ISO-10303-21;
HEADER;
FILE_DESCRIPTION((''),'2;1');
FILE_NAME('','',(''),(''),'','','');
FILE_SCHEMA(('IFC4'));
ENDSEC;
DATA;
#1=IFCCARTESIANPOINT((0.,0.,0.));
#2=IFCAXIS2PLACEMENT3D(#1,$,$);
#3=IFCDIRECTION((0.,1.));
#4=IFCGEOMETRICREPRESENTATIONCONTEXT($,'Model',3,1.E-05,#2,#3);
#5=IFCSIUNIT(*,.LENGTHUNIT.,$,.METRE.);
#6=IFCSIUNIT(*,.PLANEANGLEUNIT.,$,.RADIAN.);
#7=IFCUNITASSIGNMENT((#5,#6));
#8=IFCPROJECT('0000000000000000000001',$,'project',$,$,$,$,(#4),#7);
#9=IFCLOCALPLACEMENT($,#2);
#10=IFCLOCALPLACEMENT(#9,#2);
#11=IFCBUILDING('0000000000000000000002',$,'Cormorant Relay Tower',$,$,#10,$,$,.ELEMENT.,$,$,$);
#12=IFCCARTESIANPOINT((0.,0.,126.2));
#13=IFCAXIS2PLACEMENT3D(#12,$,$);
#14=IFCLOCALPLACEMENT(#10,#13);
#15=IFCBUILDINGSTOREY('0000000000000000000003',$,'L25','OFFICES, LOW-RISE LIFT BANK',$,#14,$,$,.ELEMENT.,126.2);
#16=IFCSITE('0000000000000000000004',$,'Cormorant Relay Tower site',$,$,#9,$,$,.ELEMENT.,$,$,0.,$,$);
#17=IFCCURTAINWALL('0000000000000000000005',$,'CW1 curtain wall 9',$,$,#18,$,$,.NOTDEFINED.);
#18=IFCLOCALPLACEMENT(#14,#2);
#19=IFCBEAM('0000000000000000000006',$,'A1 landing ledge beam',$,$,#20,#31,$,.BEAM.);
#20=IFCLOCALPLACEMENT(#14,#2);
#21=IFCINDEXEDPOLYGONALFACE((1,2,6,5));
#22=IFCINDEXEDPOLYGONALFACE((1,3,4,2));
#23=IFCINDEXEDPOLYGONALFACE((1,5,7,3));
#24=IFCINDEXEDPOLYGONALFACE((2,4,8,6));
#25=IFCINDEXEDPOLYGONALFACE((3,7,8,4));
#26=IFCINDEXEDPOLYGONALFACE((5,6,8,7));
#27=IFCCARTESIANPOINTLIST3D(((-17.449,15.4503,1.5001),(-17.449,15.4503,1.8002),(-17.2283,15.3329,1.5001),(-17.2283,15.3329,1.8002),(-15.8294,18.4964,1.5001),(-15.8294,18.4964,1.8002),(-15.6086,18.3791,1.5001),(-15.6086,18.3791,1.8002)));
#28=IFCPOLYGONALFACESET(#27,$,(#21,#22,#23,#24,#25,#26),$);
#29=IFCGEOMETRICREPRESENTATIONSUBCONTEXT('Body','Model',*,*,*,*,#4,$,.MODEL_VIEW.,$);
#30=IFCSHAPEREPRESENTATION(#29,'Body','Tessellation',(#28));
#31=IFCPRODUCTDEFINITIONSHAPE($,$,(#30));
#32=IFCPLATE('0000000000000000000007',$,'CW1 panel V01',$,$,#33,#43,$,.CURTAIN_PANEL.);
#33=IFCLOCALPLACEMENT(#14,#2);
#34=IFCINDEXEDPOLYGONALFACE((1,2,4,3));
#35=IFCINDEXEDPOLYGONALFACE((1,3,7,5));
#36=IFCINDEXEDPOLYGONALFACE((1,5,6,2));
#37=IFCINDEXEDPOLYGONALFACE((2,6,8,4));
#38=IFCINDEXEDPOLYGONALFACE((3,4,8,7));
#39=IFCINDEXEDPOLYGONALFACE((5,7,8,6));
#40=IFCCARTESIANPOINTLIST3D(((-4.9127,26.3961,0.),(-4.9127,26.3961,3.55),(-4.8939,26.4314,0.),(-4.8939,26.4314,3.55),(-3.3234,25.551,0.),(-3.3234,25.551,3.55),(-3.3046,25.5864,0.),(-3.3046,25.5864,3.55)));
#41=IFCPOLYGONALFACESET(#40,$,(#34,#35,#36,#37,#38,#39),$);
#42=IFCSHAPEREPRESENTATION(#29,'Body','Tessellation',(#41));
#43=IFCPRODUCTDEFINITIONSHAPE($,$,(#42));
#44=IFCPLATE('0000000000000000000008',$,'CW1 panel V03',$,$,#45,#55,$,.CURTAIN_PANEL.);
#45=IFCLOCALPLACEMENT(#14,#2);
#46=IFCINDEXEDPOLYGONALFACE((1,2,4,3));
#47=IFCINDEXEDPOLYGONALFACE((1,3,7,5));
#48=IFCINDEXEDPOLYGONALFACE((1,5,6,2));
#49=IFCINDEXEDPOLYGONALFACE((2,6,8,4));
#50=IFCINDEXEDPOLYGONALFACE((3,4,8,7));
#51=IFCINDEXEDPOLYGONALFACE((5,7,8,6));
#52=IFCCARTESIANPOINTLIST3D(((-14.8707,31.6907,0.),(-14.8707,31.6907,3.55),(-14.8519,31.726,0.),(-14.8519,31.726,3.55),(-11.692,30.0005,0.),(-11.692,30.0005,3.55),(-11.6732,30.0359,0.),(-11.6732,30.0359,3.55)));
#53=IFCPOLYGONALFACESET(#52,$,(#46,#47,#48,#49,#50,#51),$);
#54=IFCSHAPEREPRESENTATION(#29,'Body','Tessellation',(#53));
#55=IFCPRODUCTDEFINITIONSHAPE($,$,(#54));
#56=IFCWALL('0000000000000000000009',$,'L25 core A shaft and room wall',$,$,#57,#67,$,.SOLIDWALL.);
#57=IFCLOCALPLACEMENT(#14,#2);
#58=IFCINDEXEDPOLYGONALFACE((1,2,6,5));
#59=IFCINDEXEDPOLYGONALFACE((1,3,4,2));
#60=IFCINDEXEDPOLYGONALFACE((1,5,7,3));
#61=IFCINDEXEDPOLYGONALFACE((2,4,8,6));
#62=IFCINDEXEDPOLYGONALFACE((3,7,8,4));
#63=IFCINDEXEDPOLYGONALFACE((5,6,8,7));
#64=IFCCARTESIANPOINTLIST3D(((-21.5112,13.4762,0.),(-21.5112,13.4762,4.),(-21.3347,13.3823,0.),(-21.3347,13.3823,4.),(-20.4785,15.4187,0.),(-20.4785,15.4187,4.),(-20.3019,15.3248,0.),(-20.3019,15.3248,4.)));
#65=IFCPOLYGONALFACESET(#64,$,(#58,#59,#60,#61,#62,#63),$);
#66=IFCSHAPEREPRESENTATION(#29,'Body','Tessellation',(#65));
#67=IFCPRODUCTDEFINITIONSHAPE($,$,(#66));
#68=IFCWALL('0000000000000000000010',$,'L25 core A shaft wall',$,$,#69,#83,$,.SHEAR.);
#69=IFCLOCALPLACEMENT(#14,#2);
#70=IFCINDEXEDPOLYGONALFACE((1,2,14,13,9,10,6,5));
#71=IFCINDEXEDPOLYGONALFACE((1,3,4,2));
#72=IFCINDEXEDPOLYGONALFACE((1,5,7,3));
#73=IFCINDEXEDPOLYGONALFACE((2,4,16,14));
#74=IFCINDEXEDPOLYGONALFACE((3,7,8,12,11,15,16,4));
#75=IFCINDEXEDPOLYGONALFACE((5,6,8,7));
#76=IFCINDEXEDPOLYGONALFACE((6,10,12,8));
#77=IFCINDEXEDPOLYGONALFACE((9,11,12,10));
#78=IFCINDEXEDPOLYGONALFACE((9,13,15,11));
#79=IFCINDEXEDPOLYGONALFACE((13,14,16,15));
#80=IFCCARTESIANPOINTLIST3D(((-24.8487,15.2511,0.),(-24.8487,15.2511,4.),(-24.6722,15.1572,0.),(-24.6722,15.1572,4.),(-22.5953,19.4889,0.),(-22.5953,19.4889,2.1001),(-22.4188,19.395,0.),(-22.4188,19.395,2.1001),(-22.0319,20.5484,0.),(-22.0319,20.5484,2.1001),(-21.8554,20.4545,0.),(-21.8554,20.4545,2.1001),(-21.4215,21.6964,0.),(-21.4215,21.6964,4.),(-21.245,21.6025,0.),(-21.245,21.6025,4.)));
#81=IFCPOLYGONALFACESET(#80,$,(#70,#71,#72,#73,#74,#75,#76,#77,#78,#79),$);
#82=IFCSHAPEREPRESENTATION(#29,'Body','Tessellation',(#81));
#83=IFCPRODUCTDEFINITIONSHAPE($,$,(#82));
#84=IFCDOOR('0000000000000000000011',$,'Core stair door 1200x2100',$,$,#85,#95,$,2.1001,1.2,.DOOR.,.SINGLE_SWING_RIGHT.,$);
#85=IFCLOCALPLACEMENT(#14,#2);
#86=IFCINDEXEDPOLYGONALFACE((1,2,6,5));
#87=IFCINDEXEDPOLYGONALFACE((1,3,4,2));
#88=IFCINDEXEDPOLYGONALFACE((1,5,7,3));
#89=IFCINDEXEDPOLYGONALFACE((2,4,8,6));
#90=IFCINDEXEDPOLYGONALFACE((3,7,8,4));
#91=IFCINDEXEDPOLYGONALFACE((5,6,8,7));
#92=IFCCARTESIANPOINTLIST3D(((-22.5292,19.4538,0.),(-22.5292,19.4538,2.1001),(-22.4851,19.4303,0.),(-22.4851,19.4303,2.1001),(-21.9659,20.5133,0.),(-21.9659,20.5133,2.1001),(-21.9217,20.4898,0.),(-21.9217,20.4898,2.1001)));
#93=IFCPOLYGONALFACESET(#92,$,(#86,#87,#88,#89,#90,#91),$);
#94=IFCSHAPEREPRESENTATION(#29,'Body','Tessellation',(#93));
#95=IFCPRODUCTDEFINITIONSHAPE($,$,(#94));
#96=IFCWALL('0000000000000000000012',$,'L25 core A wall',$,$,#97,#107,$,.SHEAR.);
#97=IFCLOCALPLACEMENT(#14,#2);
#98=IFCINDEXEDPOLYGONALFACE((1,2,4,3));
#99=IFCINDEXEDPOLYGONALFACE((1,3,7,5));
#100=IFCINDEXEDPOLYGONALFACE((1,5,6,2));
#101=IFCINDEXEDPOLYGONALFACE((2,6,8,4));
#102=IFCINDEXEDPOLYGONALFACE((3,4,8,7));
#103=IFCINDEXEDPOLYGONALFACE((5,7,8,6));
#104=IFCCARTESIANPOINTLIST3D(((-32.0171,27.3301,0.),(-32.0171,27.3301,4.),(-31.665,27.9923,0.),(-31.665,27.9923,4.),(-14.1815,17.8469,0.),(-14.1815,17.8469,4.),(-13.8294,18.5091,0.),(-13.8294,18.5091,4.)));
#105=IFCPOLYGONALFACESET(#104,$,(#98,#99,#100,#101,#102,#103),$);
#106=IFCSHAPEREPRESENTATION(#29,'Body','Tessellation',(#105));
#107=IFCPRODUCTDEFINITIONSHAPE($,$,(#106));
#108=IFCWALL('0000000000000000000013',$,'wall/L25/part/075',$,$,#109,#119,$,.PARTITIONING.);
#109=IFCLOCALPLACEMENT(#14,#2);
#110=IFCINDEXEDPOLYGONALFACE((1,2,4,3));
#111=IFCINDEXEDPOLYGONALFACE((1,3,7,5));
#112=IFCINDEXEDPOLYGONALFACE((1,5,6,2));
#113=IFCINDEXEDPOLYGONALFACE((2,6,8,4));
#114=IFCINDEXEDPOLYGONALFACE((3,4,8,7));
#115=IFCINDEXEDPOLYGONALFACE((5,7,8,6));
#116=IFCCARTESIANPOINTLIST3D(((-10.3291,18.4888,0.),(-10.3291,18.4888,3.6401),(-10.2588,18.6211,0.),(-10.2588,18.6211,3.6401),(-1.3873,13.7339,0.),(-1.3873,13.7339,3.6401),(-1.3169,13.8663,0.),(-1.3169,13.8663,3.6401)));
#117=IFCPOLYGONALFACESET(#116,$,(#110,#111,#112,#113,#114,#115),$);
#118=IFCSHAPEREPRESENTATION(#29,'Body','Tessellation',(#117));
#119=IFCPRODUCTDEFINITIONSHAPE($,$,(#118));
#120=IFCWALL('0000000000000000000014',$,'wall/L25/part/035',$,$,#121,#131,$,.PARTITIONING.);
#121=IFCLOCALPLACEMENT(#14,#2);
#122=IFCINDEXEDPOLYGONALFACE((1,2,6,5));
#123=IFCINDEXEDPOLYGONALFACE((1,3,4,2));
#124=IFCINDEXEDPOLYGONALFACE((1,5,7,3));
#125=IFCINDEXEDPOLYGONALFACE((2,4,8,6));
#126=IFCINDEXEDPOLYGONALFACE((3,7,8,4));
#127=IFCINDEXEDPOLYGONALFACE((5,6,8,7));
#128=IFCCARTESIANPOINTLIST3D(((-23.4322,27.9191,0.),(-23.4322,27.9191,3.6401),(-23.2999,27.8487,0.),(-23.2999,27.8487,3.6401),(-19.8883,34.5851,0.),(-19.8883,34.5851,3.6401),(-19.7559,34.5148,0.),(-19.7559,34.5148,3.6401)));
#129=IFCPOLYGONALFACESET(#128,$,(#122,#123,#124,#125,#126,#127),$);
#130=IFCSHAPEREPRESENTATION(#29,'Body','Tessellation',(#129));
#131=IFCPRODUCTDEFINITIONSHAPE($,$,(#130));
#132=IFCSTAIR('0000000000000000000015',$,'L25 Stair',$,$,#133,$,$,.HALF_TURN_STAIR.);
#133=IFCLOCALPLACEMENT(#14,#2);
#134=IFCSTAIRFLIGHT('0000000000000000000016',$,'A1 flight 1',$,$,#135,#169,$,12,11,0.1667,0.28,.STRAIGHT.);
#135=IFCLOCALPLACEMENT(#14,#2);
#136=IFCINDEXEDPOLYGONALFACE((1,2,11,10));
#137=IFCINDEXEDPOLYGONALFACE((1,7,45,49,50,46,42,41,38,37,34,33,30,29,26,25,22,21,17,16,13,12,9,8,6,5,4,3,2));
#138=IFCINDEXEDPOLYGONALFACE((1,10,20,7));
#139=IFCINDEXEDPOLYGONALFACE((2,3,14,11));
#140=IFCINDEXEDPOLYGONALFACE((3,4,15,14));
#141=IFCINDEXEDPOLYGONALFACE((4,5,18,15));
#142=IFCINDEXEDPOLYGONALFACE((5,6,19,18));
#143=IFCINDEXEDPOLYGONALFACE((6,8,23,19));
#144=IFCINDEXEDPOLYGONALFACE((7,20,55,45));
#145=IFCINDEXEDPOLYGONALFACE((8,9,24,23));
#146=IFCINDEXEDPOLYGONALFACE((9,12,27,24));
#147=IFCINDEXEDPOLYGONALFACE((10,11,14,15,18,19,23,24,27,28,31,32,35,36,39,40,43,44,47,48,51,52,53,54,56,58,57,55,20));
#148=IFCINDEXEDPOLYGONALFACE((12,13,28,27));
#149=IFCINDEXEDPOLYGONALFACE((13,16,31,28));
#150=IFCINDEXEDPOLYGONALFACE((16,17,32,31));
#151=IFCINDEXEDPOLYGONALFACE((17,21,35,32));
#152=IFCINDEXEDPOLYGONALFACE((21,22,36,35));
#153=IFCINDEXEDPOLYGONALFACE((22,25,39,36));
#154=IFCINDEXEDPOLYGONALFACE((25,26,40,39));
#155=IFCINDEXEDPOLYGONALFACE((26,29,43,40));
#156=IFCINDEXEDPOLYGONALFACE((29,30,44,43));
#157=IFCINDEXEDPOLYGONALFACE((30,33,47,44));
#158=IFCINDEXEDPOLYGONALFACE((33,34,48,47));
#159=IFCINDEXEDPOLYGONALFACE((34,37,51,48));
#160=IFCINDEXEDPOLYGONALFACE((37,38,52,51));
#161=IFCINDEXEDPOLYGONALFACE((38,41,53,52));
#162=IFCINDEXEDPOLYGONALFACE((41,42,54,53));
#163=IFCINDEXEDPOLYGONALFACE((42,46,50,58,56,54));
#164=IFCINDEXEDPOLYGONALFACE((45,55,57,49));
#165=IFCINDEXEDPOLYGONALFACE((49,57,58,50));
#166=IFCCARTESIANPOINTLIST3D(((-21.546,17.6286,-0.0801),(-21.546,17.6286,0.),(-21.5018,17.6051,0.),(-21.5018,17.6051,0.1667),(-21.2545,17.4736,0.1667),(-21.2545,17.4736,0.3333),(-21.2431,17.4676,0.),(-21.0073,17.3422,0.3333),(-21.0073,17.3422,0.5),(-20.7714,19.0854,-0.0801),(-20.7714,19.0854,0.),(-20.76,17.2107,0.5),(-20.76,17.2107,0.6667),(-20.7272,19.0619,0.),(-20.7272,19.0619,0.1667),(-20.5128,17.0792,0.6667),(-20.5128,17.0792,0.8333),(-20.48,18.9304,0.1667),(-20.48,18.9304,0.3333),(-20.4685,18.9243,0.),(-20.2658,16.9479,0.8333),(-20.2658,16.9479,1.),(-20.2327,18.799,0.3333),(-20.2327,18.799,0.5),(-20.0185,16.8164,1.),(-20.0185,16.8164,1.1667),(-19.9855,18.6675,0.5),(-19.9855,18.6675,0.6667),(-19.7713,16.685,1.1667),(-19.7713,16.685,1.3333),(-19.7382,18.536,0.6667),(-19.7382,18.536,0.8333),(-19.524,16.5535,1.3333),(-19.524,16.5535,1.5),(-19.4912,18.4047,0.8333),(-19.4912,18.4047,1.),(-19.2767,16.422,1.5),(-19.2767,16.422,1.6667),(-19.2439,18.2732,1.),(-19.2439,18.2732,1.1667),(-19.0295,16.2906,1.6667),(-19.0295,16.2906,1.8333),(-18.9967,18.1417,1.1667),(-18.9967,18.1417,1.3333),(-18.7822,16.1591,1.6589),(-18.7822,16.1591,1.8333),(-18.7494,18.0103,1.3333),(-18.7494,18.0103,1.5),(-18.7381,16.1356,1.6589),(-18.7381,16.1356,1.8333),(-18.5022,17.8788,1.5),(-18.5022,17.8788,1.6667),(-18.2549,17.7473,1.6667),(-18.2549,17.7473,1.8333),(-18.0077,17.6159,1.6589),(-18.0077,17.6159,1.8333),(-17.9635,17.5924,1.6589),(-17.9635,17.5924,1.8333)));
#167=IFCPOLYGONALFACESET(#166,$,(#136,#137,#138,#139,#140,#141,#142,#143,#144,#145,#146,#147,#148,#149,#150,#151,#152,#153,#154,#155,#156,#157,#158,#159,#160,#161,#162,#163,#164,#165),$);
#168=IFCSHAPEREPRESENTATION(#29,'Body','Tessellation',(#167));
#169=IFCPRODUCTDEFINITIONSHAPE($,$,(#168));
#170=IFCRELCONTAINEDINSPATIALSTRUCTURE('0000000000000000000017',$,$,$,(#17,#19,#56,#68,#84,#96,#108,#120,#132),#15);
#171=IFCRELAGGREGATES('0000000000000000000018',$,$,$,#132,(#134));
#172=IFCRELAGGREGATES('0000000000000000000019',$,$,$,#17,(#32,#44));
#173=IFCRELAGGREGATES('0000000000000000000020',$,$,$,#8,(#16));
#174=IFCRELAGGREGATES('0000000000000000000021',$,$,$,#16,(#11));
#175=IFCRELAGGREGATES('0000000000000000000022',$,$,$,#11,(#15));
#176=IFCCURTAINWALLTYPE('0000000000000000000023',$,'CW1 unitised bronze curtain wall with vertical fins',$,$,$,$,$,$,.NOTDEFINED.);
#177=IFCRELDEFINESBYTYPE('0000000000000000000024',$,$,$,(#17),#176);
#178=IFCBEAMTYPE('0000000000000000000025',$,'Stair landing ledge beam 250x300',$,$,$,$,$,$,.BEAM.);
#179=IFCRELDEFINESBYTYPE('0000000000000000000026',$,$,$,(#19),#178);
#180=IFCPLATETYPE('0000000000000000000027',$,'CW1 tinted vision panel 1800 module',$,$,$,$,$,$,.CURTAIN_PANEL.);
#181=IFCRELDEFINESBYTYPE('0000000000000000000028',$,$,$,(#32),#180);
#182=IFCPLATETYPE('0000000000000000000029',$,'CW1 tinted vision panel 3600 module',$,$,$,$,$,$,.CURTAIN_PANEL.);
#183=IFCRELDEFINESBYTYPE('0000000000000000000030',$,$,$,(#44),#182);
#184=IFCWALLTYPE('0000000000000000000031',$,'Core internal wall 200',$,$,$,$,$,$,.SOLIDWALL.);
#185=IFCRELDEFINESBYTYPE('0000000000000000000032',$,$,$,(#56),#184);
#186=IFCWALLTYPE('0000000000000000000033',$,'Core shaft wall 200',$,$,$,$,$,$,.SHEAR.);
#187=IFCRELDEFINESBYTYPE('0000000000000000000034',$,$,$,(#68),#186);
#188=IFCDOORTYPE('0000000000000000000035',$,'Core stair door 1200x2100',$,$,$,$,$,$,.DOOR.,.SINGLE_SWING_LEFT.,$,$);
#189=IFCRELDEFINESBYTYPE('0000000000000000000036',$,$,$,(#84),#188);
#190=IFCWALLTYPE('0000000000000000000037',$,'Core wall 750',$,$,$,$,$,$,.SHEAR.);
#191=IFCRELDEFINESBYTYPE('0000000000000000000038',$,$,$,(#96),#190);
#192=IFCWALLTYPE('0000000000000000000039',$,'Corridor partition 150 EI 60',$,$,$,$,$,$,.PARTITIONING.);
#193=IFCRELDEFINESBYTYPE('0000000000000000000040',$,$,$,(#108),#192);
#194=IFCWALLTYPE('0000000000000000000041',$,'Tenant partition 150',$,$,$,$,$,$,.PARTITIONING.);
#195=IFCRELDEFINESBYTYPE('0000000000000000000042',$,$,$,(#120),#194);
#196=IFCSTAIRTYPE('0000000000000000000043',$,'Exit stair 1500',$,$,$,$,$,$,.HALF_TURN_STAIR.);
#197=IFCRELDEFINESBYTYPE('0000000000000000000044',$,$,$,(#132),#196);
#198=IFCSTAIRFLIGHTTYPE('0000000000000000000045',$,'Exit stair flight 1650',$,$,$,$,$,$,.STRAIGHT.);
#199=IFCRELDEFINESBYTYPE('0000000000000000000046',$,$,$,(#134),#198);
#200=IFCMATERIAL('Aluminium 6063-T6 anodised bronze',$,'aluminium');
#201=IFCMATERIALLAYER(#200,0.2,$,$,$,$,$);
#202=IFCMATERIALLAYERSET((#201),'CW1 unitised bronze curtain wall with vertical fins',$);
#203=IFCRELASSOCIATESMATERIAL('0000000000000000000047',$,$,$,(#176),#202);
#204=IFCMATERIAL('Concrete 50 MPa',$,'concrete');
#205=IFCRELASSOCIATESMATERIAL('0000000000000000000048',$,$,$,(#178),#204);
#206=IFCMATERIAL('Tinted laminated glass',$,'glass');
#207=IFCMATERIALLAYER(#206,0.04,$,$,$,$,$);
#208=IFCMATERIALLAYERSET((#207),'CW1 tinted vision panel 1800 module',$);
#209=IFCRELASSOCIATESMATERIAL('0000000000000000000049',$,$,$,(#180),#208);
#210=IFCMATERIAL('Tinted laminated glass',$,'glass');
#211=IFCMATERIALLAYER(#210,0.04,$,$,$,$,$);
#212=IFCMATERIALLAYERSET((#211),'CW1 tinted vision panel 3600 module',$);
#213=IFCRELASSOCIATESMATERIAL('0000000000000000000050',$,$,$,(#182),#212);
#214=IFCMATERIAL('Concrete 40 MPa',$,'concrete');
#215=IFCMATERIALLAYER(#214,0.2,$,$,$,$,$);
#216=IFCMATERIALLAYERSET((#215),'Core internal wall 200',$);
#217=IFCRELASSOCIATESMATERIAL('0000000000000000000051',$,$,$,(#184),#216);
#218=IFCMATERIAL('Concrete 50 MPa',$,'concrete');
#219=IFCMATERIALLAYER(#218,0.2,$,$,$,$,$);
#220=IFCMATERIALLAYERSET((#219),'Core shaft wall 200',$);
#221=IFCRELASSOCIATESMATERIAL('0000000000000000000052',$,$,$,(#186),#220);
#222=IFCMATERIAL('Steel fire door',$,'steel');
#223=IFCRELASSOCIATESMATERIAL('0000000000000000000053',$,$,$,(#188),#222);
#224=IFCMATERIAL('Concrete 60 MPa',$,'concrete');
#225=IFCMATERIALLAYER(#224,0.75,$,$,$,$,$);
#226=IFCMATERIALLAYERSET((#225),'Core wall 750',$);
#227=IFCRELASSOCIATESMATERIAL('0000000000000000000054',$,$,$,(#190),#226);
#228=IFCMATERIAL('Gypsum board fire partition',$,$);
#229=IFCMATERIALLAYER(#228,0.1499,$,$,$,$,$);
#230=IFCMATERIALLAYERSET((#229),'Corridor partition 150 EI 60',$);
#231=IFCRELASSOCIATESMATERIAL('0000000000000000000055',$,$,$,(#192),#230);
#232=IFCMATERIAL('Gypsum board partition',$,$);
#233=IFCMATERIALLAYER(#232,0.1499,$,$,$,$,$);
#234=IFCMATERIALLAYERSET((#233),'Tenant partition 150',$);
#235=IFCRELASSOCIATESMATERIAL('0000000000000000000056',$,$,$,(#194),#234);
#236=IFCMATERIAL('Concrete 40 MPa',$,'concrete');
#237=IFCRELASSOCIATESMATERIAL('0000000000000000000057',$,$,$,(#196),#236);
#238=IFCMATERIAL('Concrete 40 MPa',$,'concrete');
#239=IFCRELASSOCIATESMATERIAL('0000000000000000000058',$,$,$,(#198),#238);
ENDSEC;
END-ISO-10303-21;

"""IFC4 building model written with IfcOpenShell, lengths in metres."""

from ifc_helpers import new_model, si_unit, direction, frame, frame_2d, origin, origin_2d, place, context, subcontext, project, spatial, polyline, rectangle, outline, extrude, material, layer, layer_set, material_profile, profile_set, type_object, element, fill, aggregate, save


model = new_model("IFC4")

# Units and contexts
model_context = context("Model", 3, precision=1e-05, world=origin(), true_north=direction((0.0, 1.0)))
body_context = subcontext(model_context, "Body", "Model", "MODEL_VIEW")
ifc_project = project(units=[si_unit("LENGTHUNIT", "METRE"), si_unit("PLANEANGLEUNIT", "RADIAN")], contexts=[model_context])

# Site, building, storey
site_placement = place(None, origin())
site = spatial("IfcSite", under=ifc_project, at=site_placement, Name="Cormorant Relay Tower site", CompositionType="ELEMENT", RefElevation=0.0)
building_placement = place(site_placement, origin())
building = spatial("IfcBuilding", under=site, at=building_placement, Name="Cormorant Relay Tower", CompositionType="ELEMENT")
storey_placement = place(building_placement, frame((0.0, 0.0, 126.2)))
storey = spatial("IfcBuildingStorey", under=building, at=storey_placement, Name="L25", Description="OFFICES, LOW-RISE LIFT BANK", CompositionType="ELEMENT", Elevation=126.2)

# Curtain wall
ifc_material_1 = material(Name="Aluminium 6063-T6 anodised bronze", Category="aluminium")
ifc_layer_1 = layer(ifc_material_1, 0.2)
ifc_layer_set_1 = layer_set([ifc_layer_1], Name="CW1 unitised bronze curtain wall with vertical fins")
curtain_wall_type = type_object("IfcCurtainWallType", Name="CW1 unitised bronze curtain wall with vertical fins", PredefinedType="NOTDEFINED", material=ifc_layer_set_1)
curtain_wall_placement = place(storey_placement, origin())
curtain_wall = element("IfcCurtainWall", 1, at=curtain_wall_placement, inside=storey, type_object=curtain_wall_type, Name="CW1 curtain wall 9", PredefinedType="NOTDEFINED")

# Beam
ifc_material_2 = material(Name="Concrete 50 MPa", Category="concrete")
ifc_material_profile_1 = material_profile(ifc_material_2, rectangle(XDim=0.25, YDim=0.3, at=origin_2d()), Name="RC 250x300")
ifc_profile_set_1 = profile_set([ifc_material_profile_1], Name="Concrete 50 MPa")
beam_type_1 = type_object("IfcBeamType", Name="Stair landing ledge beam 250x300", PredefinedType="BEAM", material=ifc_profile_set_1)
beam_1_placement = place(storey_placement, frame((-17.3386, 15.3916, 1.6501), z_axis=(0.469464, 0.882952, 0.0), x_axis=(-0.882952, 0.469464, 0.0)))
element("IfcBeam", 2, at=beam_1_placement, inside=storey, type_object=beam_type_1, Name="A1 landing ledge beam", PredefinedType="BEAM", context=body_context, shape_type="SweptSolid", body=[
    extrude(rectangle(XDim=0.25, YDim=0.3, at=origin_2d()), origin(), (0.0, 0.0, 1.0), 3.45),
])

# Plates
ifc_material_3 = material(Name="Tinted laminated glass", Category="glass")
ifc_layer_2 = layer(ifc_material_3, 0.04)
ifc_layer_set_2 = layer_set([ifc_layer_2], Name="CW1 tinted vision panel 1800 module")
plate_type_1 = type_object("IfcPlateType", Name="CW1 tinted vision panel 1800 module", PredefinedType="CURTAIN_PANEL", material=ifc_layer_set_2)
plate_1_placement = place(storey_placement, frame((-4.1086, 25.9912, 0.0), z_axis=(0.0, 0.0, 1.0), x_axis=(-0.882948, 0.469472, 0.0)))
plate_1 = element("IfcPlate", 3, at=plate_1_placement, type_object=plate_type_1, Name="CW1 panel V01", PredefinedType="CURTAIN_PANEL", context=body_context, shape_type="SweptSolid", body=[
    extrude(rectangle(XDim=1.8, YDim=0.04, at=origin_2d()), origin(), (0.0, 0.0, 1.0), 3.55),
])
ifc_material_4 = material(Name="Tinted laminated glass", Category="glass")
ifc_layer_3 = layer(ifc_material_4, 0.04)
ifc_layer_set_3 = layer_set([ifc_layer_3], Name="CW1 tinted vision panel 3600 module")
plate_type_2 = type_object("IfcPlateType", Name="CW1 tinted vision panel 3600 module", PredefinedType="CURTAIN_PANEL", material=ifc_layer_set_3)
plate_2_placement = place(storey_placement, frame((-13.272, 30.8633, 0.0), z_axis=(0.0, 0.0, 1.0), x_axis=(-0.882948, 0.469472, 0.0)))
plate_2 = element("IfcPlate", 4, at=plate_2_placement, type_object=plate_type_2, Name="CW1 panel V03", PredefinedType="CURTAIN_PANEL", context=body_context, shape_type="SweptSolid", body=[
    extrude(rectangle(XDim=3.6001, YDim=0.04, at=origin_2d()), origin(), (0.0, 0.0, 1.0), 3.55),
])

# Wall
ifc_material_5 = material(Name="Concrete 40 MPa", Category="concrete")
ifc_layer_4 = layer(ifc_material_5, 0.2)
ifc_layer_set_4 = layer_set([ifc_layer_4], Name="Core internal wall 200")
wall_type_1 = type_object("IfcWallType", Name="Core internal wall 200", PredefinedType="SOLIDWALL", material=ifc_layer_set_4)
wall_1_placement = place(storey_placement, frame((-20.3901, 15.3718, 0.0), z_axis=(0.0, 0.0, 1.0), x_axis=(-0.469447, -0.88296, 0.0)))
element("IfcWall", 5, at=wall_1_placement, inside=storey, type_object=wall_type_1, Name="L25 core A shaft and room wall", PredefinedType="SOLIDWALL", context=body_context, shape_type="SweptSolid", body=[
    extrude(rectangle(XDim=2.2, YDim=0.2, at=frame_2d((1.1001, 0.0))), origin(), (0.0, 0.0, 1.0), 4.0),
])

# Wall, opening, door
ifc_material_6 = material(Name="Concrete 50 MPa", Category="concrete")
ifc_layer_5 = layer(ifc_material_6, 0.2)
ifc_layer_set_5 = layer_set([ifc_layer_5], Name="Core shaft wall 200")
wall_type_2 = type_object("IfcWallType", Name="Core shaft wall 200", PredefinedType="SHEAR", material=ifc_layer_set_5)
wall_2_placement = place(storey_placement, frame((-21.3333, 21.6494, 0.0), z_axis=(0.0, 0.0, 1.0), x_axis=(-0.469494, -0.882936, 0.0)))
wall_2 = element("IfcWall", 6, at=wall_2_placement, inside=storey, type_object=wall_type_2, Name="L25 core A shaft wall", PredefinedType="SHEAR", context=body_context, shape_type="SweptSolid", body=[
    extrude(rectangle(XDim=7.2998, YDim=0.2, at=frame_2d((3.6499, 0.0))), origin(), (0.0, 0.0, 1.0), 4.0),
])
opening_1_placement = place(wall_2_placement, frame((1.3, 0.0, 0.0)))
opening_1 = element("IfcOpeningElement", 7, at=opening_1_placement, cuts=wall_2, PredefinedType="OPENING", context=body_context, shape_type="SweptSolid", body=[
    extrude(rectangle(XDim=1.2, YDim=2.1001, at=frame_2d((0.6001, 1.05))), frame((0.0, 0.1099, 0.0), z_axis=(0.0, -1.0, 0.0), x_axis=(1.0, 0.0, 0.0)), (0.0, 0.0, 1.0), 0.22),
])
ifc_material_7 = material(Name="Steel fire door", Category="steel")
door_type_1 = type_object("IfcDoorType", Name="Core stair door 1200x2100", OperationType="SINGLE_SWING_LEFT", PredefinedType="DOOR", material=ifc_material_7)
door_1_placement = place(opening_1_placement, origin())
door_1 = element("IfcDoor", 8, at=door_1_placement, inside=storey, type_object=door_type_1, Name="Core stair door 1200x2100", OperationType="SINGLE_SWING_RIGHT", OverallHeight=2.1001, OverallWidth=1.2, PredefinedType="DOOR", context=body_context, shape_type="SweptSolid", body=[
    extrude(rectangle(XDim=1.2, YDim=2.1001, at=frame_2d((0.6001, 1.05))), frame((0.0, 0.0249, 0.0), z_axis=(0.0, -1.0, 0.0), x_axis=(1.0, 0.0, 0.0)), (0.0, 0.0, 1.0), 0.05),
])
fill(opening_1, door_1)
ifc_material_8 = material(Name="Concrete 60 MPa", Category="concrete")
ifc_layer_6 = layer(ifc_material_8, 0.75)
ifc_layer_set_6 = layer_set([ifc_layer_6], Name="Core wall 750")
wall_type_3 = type_object("IfcWallType", Name="Core wall 750", PredefinedType="SHEAR", material=ifc_layer_set_6)

# Walls
wall_3_placement = place(storey_placement, frame((-14.0054, 18.178, 0.0), z_axis=(0.0, 0.0, 1.0), x_axis=(-0.88295, 0.469467, 0.0)))
element("IfcWall", 9, at=wall_3_placement, inside=storey, type_object=wall_type_3, Name="L25 core A wall", PredefinedType="SHEAR", context=body_context, shape_type="SweptSolid", body=[
    extrude(rectangle(XDim=20.2, YDim=0.75, at=frame_2d((10.1001, 0.0))), origin(), (0.0, 0.0, 1.0), 4.0),
])
ifc_material_9 = material(Name="Gypsum board fire partition")
ifc_layer_7 = layer(ifc_material_9, 0.1499)
ifc_layer_set_7 = layer_set([ifc_layer_7], Name="Corridor partition 150 EI 60")
wall_type_4 = type_object("IfcWallType", Name="Corridor partition 150 EI 60", PredefinedType="PARTITIONING", material=ifc_layer_set_7)
wall_4_placement = place(storey_placement, frame((-10.2939, 18.5549, 0.0), z_axis=(0.0, 0.0, 1.0), x_axis=(0.882932, -0.469502, 0.0)))
element("IfcWall", 10, at=wall_4_placement, inside=storey, type_object=wall_type_4, Name="wall/L25/part/075", PredefinedType="PARTITIONING", context=body_context, shape_type="SweptSolid", body=[
    extrude(rectangle(XDim=10.1274, YDim=0.1499, at=frame_2d((5.0637, 0.0))), origin(), (0.0, 0.0, 1.0), 3.6401),
])
ifc_material_10 = material(Name="Gypsum board partition")
ifc_layer_8 = layer(ifc_material_10, 0.1499)
ifc_layer_set_8 = layer_set([ifc_layer_8], Name="Tenant partition 150")
wall_type_5 = type_object("IfcWallType", Name="Tenant partition 150", PredefinedType="PARTITIONING", material=ifc_layer_set_8)
wall_5_placement = place(storey_placement, frame((-19.822, 34.55, 0.0), z_axis=(0.0, 0.0, 1.0), x_axis=(-0.469426, -0.882972, 0.0)))
element("IfcWall", 11, at=wall_5_placement, inside=storey, type_object=wall_type_5, Name="wall/L25/part/035", PredefinedType="PARTITIONING", context=body_context, shape_type="SweptSolid", body=[
    extrude(rectangle(XDim=7.5496, YDim=0.1499, at=frame_2d((3.7749, 0.0))), origin(), (0.0, 0.0, 1.0), 3.6401),
])

# Stair, stair flight
ifc_material_11 = material(Name="Concrete 40 MPa", Category="concrete")
stair_type = type_object("IfcStairType", Name="Exit stair 1500", PredefinedType="HALF_TURN_STAIR", material=ifc_material_11)
stair_placement = place(storey_placement, origin())
stair = element("IfcStair", 12, at=stair_placement, inside=storey, type_object=stair_type, Name="L25 Stair", PredefinedType="HALF_TURN_STAIR")
ifc_material_12 = material(Name="Concrete 40 MPa", Category="concrete")
stair_flight_type = type_object("IfcStairFlightType", Name="Exit stair flight 1650", PredefinedType="STRAIGHT", material=ifc_material_12)
stair_flight_1_placement = place(storey_placement, frame((-21.1145, 18.3335, 0.0), z_axis=(0.0, 0.0, 1.0), x_axis=(0.882948, -0.469472, 0.0)))
stair_flight_1 = element("IfcStairFlight", 13, at=stair_flight_1_placement, type_object=stair_flight_type, Name="A1 flight 1", NumberOfRisers=12, NumberOfTreads=11, PredefinedType="STRAIGHT", RiserHeight=0.1667, TreadLength=0.28, context=body_context, shape_type="SweptSolid", body=[
    extrude(outline(polyline([(-0.05, -0.0801), (-0.05, 0.0), (0.0, 0.0), (0.0, 0.1667), (0.28, 0.1667), (0.28, 0.3333), (0.5601, 0.3333), (0.5601, 0.5), (0.8401, 0.5), (0.8401, 0.6667), (1.1201, 0.6667), (1.1201, 0.8333), (1.3999, 0.8333), (1.3999, 1.0), (1.6799, 1.0), (1.6799, 1.1667), (1.96, 1.1667), (1.96, 1.3333), (2.24, 1.3333), (2.24, 1.5), (2.52, 1.5), (2.52, 1.6667), (2.8, 1.6667), (2.8, 1.8333), (3.0801, 1.8333), (3.1301, 1.8333), (3.1301, 1.6589), (3.0801, 1.6589), (0.293, 0.0), (-0.05, -0.0801)])), frame((0.0, 0.825, 0.0), z_axis=(0.0, -1.0, 0.0), x_axis=(1.0, 0.0, 0.0)), (0.0, 0.0, 1.0), 1.6499),
])
aggregate(stair, [stair_flight_1])

aggregate(curtain_wall, [plate_1, plate_2])

save(model, "model.ifc")
